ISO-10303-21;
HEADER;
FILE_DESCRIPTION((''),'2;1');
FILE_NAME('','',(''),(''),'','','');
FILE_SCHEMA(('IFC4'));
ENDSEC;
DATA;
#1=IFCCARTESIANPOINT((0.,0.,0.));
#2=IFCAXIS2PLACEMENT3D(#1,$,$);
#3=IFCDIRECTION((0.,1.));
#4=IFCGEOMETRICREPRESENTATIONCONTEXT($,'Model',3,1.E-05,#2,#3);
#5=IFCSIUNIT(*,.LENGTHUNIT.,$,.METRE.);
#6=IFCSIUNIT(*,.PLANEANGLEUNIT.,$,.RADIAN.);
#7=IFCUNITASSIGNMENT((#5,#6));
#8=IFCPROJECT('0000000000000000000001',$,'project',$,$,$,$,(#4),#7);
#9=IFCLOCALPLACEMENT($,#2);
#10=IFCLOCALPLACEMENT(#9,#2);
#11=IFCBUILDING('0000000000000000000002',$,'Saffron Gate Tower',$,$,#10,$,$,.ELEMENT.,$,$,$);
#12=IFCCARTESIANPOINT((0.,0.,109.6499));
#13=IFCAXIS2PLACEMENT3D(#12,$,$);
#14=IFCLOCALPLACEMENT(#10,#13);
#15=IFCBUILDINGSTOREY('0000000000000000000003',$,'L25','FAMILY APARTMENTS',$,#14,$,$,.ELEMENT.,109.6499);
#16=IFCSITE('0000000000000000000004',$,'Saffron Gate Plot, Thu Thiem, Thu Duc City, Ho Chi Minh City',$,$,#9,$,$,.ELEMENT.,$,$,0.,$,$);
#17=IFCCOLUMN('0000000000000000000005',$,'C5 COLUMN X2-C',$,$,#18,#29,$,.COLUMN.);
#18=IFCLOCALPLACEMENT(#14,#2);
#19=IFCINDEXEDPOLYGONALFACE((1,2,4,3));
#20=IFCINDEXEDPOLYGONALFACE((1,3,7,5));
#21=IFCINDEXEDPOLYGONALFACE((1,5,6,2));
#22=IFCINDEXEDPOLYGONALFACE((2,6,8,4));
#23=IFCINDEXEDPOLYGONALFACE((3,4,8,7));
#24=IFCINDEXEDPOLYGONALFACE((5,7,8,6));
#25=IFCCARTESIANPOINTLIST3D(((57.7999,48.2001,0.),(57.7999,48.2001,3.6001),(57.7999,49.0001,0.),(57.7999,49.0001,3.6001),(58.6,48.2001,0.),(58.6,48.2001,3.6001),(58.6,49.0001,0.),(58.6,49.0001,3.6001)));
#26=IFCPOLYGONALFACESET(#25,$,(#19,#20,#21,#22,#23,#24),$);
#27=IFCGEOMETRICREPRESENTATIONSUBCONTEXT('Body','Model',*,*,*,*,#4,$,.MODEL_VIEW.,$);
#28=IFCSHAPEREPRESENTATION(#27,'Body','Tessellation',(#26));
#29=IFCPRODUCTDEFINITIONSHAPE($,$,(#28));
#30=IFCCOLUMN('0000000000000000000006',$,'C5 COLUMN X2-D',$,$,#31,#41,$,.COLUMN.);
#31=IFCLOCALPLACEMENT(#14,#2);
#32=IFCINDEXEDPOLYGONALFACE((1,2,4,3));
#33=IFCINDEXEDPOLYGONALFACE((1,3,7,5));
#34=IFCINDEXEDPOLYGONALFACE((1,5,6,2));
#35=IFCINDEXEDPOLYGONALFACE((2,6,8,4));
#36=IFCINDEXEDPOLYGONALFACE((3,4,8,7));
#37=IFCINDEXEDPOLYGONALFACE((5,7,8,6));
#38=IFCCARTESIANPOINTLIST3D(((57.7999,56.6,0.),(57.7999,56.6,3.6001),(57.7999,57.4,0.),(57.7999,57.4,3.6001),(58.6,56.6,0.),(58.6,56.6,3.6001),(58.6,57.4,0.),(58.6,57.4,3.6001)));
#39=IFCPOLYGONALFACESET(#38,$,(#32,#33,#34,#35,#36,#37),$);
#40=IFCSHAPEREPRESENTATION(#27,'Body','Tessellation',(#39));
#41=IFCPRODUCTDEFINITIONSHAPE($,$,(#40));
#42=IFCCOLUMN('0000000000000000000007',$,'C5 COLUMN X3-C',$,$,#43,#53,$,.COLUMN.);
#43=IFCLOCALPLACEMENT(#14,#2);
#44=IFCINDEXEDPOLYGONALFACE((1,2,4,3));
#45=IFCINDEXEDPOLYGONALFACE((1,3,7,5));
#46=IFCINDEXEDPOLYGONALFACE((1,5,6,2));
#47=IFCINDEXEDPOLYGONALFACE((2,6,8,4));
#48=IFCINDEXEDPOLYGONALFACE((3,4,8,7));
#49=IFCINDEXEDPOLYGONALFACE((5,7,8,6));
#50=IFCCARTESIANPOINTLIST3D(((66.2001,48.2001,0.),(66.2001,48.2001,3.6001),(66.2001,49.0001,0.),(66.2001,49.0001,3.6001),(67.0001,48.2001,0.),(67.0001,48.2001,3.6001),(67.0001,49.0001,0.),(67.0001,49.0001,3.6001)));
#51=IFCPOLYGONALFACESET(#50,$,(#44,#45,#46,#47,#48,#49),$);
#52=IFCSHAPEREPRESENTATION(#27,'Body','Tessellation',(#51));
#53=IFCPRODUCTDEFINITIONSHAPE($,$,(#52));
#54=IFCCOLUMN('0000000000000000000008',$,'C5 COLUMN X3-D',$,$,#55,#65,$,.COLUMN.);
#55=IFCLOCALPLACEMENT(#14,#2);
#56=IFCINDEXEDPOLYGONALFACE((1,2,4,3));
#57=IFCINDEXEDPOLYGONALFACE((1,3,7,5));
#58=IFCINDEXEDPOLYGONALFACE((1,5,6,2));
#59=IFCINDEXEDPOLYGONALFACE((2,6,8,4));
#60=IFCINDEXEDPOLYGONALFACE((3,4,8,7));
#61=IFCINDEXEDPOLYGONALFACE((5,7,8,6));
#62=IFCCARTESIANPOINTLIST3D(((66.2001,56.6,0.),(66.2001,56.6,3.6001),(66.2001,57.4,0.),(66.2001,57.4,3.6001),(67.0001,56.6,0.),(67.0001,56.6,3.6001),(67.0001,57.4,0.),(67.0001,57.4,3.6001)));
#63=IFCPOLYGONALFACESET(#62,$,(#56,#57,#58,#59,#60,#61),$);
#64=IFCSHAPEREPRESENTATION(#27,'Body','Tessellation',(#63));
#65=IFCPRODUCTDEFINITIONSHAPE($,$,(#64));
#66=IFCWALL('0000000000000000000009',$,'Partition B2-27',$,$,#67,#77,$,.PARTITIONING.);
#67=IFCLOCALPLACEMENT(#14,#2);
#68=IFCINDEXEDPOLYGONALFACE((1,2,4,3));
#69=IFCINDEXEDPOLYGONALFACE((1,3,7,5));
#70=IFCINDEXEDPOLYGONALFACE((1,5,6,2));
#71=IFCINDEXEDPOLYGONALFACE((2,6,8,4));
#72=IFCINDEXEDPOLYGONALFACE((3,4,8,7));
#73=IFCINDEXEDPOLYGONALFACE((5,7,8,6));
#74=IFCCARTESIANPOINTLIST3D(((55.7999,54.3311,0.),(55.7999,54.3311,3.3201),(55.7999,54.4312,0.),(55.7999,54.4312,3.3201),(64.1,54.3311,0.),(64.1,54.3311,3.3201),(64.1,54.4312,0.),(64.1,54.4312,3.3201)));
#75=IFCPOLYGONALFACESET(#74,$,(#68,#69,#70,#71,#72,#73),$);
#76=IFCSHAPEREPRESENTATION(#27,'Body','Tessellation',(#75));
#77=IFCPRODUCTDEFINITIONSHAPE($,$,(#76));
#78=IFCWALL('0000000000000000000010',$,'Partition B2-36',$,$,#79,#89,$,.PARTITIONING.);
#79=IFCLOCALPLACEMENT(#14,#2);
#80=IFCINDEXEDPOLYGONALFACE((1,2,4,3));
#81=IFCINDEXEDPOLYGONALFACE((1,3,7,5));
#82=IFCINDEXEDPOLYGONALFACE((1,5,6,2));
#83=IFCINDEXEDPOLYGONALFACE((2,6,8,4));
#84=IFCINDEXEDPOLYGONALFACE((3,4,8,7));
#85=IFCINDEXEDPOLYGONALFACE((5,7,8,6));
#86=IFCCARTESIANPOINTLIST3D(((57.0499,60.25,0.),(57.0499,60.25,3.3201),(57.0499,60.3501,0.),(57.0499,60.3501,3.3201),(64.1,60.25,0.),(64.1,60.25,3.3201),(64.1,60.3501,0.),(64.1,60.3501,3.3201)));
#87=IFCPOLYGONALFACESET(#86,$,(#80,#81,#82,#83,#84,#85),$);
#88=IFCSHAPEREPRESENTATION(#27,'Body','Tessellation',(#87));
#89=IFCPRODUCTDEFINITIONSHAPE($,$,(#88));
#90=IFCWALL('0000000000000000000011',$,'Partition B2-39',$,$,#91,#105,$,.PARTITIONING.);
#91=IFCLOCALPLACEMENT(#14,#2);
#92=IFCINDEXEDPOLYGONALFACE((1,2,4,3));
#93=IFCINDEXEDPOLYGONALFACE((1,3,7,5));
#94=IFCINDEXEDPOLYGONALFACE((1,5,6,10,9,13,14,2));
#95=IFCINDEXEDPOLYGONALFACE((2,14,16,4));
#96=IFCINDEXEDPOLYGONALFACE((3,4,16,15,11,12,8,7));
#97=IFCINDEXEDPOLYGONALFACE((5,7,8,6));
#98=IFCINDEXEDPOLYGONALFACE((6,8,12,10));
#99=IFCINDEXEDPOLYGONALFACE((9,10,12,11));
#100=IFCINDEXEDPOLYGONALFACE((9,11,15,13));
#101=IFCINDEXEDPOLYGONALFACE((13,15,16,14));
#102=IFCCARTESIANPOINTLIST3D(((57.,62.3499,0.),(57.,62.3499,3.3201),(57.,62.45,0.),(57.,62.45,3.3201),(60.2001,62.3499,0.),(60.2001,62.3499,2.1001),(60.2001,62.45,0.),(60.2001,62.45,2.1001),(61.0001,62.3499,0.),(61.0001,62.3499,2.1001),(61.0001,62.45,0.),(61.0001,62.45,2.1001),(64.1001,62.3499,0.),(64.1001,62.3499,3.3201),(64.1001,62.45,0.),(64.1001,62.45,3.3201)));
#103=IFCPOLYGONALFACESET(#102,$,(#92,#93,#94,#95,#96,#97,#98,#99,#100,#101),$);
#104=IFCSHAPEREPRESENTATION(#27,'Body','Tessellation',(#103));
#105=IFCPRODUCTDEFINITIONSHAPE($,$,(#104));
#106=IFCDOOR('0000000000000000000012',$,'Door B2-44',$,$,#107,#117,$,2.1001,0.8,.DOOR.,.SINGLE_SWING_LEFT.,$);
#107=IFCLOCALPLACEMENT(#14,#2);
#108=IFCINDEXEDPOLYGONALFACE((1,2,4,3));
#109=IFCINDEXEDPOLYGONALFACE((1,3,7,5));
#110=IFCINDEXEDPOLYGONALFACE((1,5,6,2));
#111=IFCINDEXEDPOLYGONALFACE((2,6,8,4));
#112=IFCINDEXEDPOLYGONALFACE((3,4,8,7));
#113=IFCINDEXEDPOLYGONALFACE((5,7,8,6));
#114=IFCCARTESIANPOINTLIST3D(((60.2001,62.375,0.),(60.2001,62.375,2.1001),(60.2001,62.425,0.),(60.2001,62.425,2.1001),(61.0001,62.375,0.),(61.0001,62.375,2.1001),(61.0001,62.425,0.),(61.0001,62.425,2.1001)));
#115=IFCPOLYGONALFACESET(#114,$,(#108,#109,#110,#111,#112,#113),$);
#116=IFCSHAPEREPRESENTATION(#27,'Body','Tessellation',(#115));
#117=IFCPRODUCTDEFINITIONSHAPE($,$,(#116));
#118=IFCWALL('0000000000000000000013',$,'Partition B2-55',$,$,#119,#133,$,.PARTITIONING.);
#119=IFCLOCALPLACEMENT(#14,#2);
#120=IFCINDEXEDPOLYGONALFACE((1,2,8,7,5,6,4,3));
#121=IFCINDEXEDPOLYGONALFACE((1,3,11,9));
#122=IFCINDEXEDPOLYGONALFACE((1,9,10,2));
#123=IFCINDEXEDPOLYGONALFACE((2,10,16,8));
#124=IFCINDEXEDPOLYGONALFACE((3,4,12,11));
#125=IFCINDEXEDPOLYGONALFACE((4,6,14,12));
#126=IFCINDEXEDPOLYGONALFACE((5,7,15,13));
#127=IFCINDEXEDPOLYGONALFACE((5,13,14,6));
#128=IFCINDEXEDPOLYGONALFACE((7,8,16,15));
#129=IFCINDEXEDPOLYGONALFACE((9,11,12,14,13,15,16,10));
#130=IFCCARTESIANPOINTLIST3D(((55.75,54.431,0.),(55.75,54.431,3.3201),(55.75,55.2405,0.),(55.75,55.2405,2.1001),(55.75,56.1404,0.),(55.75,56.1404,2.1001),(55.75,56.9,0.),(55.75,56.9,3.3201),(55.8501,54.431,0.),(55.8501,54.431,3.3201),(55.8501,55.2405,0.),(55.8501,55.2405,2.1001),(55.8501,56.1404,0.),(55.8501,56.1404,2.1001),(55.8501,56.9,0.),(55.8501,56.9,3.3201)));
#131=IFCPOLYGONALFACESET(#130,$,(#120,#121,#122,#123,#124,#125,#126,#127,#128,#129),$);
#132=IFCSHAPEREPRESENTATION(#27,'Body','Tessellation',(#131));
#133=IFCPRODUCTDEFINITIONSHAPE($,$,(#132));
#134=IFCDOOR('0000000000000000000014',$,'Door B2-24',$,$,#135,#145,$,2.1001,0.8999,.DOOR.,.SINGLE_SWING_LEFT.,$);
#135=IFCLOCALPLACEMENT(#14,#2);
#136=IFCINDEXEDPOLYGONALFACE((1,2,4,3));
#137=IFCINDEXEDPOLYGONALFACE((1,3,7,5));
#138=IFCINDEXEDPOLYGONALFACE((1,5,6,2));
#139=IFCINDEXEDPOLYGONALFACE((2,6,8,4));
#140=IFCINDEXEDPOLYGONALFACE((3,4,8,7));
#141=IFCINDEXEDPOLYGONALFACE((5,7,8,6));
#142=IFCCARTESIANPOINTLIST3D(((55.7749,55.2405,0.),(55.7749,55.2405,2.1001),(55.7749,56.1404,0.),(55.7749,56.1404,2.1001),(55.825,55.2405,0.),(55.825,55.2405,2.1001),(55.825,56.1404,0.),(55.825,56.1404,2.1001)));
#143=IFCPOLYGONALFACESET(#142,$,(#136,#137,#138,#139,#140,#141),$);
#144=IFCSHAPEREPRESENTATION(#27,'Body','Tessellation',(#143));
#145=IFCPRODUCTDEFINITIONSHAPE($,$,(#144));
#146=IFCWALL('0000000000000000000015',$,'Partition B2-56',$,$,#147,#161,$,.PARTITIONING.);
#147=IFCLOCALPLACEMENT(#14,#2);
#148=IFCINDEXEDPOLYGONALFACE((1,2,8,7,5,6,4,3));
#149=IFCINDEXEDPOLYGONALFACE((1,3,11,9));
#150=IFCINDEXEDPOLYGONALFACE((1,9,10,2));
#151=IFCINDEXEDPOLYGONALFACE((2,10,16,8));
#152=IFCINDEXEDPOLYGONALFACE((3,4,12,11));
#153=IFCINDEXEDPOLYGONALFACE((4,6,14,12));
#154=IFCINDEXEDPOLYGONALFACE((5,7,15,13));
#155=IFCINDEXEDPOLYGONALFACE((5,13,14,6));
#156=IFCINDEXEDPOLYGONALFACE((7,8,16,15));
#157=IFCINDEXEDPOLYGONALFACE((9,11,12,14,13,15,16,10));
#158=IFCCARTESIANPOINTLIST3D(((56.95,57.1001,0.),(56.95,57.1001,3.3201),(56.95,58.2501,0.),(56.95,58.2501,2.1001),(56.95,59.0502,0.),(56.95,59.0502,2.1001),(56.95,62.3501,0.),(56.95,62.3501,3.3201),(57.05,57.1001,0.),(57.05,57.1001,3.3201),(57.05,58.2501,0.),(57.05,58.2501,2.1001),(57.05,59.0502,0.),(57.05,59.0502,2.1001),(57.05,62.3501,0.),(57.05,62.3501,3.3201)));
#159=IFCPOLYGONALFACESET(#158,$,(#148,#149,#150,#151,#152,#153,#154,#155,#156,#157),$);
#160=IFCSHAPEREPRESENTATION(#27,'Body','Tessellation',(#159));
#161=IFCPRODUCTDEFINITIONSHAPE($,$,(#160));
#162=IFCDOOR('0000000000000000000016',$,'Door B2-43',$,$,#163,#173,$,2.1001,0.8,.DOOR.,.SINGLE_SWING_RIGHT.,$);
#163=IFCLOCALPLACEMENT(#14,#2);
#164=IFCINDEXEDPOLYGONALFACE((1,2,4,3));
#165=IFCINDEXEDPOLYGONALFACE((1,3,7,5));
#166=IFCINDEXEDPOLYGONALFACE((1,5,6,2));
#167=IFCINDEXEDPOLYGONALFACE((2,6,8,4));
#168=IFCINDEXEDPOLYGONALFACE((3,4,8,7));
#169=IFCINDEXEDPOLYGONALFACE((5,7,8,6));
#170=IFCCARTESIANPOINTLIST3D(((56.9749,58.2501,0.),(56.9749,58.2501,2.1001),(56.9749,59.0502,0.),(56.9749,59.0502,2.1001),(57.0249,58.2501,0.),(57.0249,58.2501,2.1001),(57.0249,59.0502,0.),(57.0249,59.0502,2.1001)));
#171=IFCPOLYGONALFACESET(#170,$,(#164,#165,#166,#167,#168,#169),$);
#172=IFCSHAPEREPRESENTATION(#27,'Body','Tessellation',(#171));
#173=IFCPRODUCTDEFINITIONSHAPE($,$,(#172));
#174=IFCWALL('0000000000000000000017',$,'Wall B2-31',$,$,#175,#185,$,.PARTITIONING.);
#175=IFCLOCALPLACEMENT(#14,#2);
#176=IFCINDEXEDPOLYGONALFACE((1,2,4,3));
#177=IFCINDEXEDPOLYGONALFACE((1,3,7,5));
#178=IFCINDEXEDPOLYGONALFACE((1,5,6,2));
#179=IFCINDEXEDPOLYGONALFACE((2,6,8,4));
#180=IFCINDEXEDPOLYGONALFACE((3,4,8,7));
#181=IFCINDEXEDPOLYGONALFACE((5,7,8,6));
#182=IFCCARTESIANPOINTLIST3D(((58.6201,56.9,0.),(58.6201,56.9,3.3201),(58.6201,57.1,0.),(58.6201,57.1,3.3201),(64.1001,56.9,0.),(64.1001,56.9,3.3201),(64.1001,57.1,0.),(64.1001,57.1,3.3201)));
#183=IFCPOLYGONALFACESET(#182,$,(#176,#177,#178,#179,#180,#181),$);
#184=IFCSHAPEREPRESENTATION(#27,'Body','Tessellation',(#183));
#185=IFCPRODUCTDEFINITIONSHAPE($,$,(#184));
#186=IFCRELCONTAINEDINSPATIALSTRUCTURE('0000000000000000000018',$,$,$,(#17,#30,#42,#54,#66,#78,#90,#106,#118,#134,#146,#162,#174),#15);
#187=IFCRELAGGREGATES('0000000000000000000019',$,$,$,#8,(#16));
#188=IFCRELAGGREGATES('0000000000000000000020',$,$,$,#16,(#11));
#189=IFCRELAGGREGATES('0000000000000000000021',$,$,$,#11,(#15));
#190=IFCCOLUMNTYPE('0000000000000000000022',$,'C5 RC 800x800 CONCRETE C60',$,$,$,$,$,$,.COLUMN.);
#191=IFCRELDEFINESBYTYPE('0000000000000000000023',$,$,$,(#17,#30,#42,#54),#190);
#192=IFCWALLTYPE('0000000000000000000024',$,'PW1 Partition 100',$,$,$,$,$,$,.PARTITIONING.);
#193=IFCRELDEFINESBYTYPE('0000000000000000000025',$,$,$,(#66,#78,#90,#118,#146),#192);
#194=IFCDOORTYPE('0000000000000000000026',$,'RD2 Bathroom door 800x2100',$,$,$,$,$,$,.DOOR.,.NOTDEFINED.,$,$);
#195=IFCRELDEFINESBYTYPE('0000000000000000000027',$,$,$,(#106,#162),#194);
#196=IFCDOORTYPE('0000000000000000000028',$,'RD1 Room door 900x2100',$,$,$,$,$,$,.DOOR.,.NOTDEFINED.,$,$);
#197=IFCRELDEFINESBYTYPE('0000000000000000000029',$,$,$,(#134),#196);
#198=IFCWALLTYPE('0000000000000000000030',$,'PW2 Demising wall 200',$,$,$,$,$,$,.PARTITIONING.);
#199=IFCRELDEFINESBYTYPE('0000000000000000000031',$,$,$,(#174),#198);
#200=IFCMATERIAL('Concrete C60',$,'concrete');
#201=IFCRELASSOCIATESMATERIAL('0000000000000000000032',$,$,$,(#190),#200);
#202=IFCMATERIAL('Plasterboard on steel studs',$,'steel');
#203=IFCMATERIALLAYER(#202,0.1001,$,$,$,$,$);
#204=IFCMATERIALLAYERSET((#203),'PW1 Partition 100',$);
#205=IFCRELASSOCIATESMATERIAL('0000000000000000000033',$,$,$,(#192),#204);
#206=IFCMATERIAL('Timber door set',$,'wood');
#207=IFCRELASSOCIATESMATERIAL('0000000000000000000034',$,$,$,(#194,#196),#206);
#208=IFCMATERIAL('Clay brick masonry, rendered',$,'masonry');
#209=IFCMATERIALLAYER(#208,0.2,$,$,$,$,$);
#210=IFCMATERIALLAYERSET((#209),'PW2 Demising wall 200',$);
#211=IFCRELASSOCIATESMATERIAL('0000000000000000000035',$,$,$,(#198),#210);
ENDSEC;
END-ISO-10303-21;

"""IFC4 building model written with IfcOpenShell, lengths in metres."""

from ifc_helpers import new_model, si_unit, direction, frame, frame_2d, origin, origin_2d, place, context, subcontext, project, spatial, rectangle, extrude, material, layer, layer_set, material_profile, profile_set, type_object, element, fill, save


model = new_model("IFC4")

# Units and contexts
model_context = context("Model", 3, precision=1e-05, world=origin(), true_north=direction((0.0, 1.0)))
body_context = subcontext(model_context, "Body", "Model", "MODEL_VIEW")
ifc_project = project(units=[si_unit("LENGTHUNIT", "METRE"), si_unit("PLANEANGLEUNIT", "RADIAN")], contexts=[model_context])

# Site, building, storey
site_placement = place(None, origin())
site = spatial("IfcSite", under=ifc_project, at=site_placement, Name="Saffron Gate Plot, Thu Thiem, Thu Duc City, Ho Chi Minh City", CompositionType="ELEMENT", RefElevation=0.0)
building_placement = place(site_placement, origin())
building = spatial("IfcBuilding", under=site, at=building_placement, Name="Saffron Gate Tower", CompositionType="ELEMENT")
storey_placement = place(building_placement, frame((0.0, 0.0, 109.6499)))
storey = spatial("IfcBuildingStorey", under=building, at=storey_placement, Name="L25", Description="FAMILY APARTMENTS", CompositionType="ELEMENT", Elevation=109.6499)

# Columns
ifc_material_1 = material(Name="Concrete C60", Category="concrete")
ifc_material_profile = material_profile(ifc_material_1, rectangle(XDim=0.8, YDim=0.8, at=origin_2d()))
ifc_profile_set = profile_set([ifc_material_profile], Name="Concrete C60")
column_type = type_object("IfcColumnType", Name="C5 RC 800x800 CONCRETE C60", PredefinedType="COLUMN", material=ifc_profile_set)
for number, where, z_axis, x_axis, name in (
    (1, (58.2, 48.6001, 0.0), (0.0, 0.0, 1.0), (1.0, 0.0, 0.0), "C5 COLUMN X2-C"),
    (2, (58.2, 57.0, 0.0), (0.0, 0.0, 1.0), (1.0, 0.0, 0.0), "C5 COLUMN X2-D"),
    (3, (66.6001, 48.6001, 0.0), (0.0, 0.0, 1.0), (1.0, 0.0, 0.0), "C5 COLUMN X3-C"),
    (4, (66.6001, 57.0, 0.0), (0.0, 0.0, 1.0), (1.0, 0.0, 0.0), "C5 COLUMN X3-D"),
):
    element("IfcColumn", number, at=place(storey_placement, frame(where, z_axis=z_axis, x_axis=x_axis)), inside=storey, type_object=column_type, Name=name, PredefinedType="COLUMN", context=body_context, shape_type="SweptSolid", body=[
        extrude(rectangle(XDim=0.8, YDim=0.8, at=origin_2d()), origin(), (0.0, 0.0, 1.0), 3.6001),
    ])

# Walls
ifc_material_2 = material(Name="Plasterboard on steel studs", Category="steel")
ifc_layer_1 = layer(ifc_material_2, 0.1001)
ifc_layer_set_1 = layer_set([ifc_layer_1], Name="PW1 Partition 100")
wall_type_1 = type_object("IfcWallType", Name="PW1 Partition 100", PredefinedType="PARTITIONING", material=ifc_layer_set_1)
wall_1_placement = place(storey_placement, frame((55.8, 54.3811, 0.0), z_axis=(0.0, 0.0, 1.0), x_axis=(1.0, 0.0, 0.0)))
element("IfcWall", 5, at=wall_1_placement, inside=storey, type_object=wall_type_1, Name="Partition B2-27", PredefinedType="PARTITIONING", context=body_context, shape_type="SweptSolid", body=[
    extrude(rectangle(XDim=8.3, YDim=0.1001, at=frame_2d((4.1499, 0.0))), origin(), (0.0, 0.0, 1.0), 3.3201),
])
wall_2_placement = place(storey_placement, frame((57.05, 60.3, 0.0), z_axis=(0.0, 0.0, 1.0), x_axis=(1.0, 0.0, 0.0)))
element("IfcWall", 6, at=wall_2_placement, inside=storey, type_object=wall_type_1, Name="Partition B2-36", PredefinedType="PARTITIONING", context=body_context, shape_type="SweptSolid", body=[
    extrude(rectangle(XDim=7.05, YDim=0.1001, at=frame_2d((3.5249, 0.0))), origin(), (0.0, 0.0, 1.0), 3.3201),
])

# Walls, openings, doors
wall_3_placement = place(storey_placement, frame((64.1001, 62.3999, 0.0), z_axis=(0.0, 0.0, 1.0), x_axis=(-1.0, 0.0, 0.0)))
wall_3 = element("IfcWall", 7, at=wall_3_placement, inside=storey, type_object=wall_type_1, Name="Partition B2-39", PredefinedType="PARTITIONING", context=body_context, shape_type="SweptSolid", body=[
    extrude(rectangle(XDim=7.1001, YDim=0.1001, at=frame_2d((3.55, 0.0))), origin(), (0.0, 0.0, 1.0), 3.3201),
])
opening_1_placement = place(wall_3_placement, frame((3.1001, 0.0, 0.0)))
opening_1 = element("IfcOpeningElement", 8, at=opening_1_placement, cuts=wall_3, PredefinedType="OPENING", context=body_context, shape_type="SweptSolid", body=[
    extrude(rectangle(XDim=0.8, YDim=2.1001, at=frame_2d((0.3999, 1.05))), frame((0.0, 0.0601, 0.0), z_axis=(0.0, -1.0, 0.0), x_axis=(1.0, 0.0, 0.0)), (0.0, 0.0, 1.0), 0.1201),
])
ifc_material_3 = material(Name="Timber door set", Category="wood")
door_type_1 = type_object("IfcDoorType", Name="RD2 Bathroom door 800x2100", OperationType="NOTDEFINED", PredefinedType="DOOR", material=ifc_material_3)
door_1_placement = place(opening_1_placement, origin())
door_1 = element("IfcDoor", 9, at=door_1_placement, inside=storey, type_object=door_type_1, Name="Door B2-44", OperationType="SINGLE_SWING_LEFT", OverallHeight=2.1001, OverallWidth=0.8, PredefinedType="DOOR", context=body_context, shape_type="SweptSolid", body=[
    extrude(rectangle(XDim=0.8, YDim=2.1001, at=frame_2d((0.3999, 1.05))), frame((0.0, 0.0249, 0.0), z_axis=(0.0, -1.0, 0.0), x_axis=(1.0, 0.0, 0.0)), (0.0, 0.0, 1.0), 0.05),
])
fill(opening_1, door_1)
wall_4_placement = place(storey_placement, frame((55.8, 56.8999, 0.0), z_axis=(0.0, 0.0, 1.0), x_axis=(0.0, -1.0, 0.0)))
wall_4 = element("IfcWall", 10, at=wall_4_placement, inside=storey, type_object=wall_type_1, Name="Partition B2-55", PredefinedType="PARTITIONING", context=body_context, shape_type="SweptSolid", body=[
    extrude(rectangle(XDim=2.469, YDim=0.1001, at=frame_2d((1.2344, 0.0))), origin(), (0.0, 0.0, 1.0), 3.3201),
])
opening_2_placement = place(wall_4_placement, frame((0.7595, 0.0, 0.0)))
opening_2 = element("IfcOpeningElement", 11, at=opening_2_placement, cuts=wall_4, PredefinedType="OPENING", context=body_context, shape_type="SweptSolid", body=[
    extrude(rectangle(XDim=0.8999, YDim=2.1001, at=frame_2d((0.45, 1.05))), frame((0.0, 0.0601, 0.0), z_axis=(0.0, -1.0, 0.0), x_axis=(1.0, 0.0, 0.0)), (0.0, 0.0, 1.0), 0.1201),
])
door_type_2 = type_object("IfcDoorType", Name="RD1 Room door 900x2100", OperationType="NOTDEFINED", PredefinedType="DOOR", material=ifc_material_3)
door_2_placement = place(opening_2_placement, origin())
door_2 = element("IfcDoor", 12, at=door_2_placement, inside=storey, type_object=door_type_2, Name="Door B2-24", OperationType="SINGLE_SWING_LEFT", OverallHeight=2.1001, OverallWidth=0.8999, PredefinedType="DOOR", context=body_context, shape_type="SweptSolid", body=[
    extrude(rectangle(XDim=0.8999, YDim=2.1001, at=frame_2d((0.45, 1.05))), frame((0.0, 0.0249, 0.0), z_axis=(0.0, -1.0, 0.0), x_axis=(1.0, 0.0, 0.0)), (0.0, 0.0, 1.0), 0.05),
])
fill(opening_2, door_2)
wall_5_placement = place(storey_placement, frame((57.0, 62.3501, 0.0), z_axis=(0.0, 0.0, 1.0), x_axis=(0.0, -1.0, 0.0)))
wall_5 = element("IfcWall", 13, at=wall_5_placement, inside=storey, type_object=wall_type_1, Name="Partition B2-56", PredefinedType="PARTITIONING", context=body_context, shape_type="SweptSolid", body=[
    extrude(rectangle(XDim=5.25, YDim=0.1001, at=frame_2d((2.625, 0.0))), origin(), (0.0, 0.0, 1.0), 3.3201),
])
opening_3_placement = place(wall_5_placement, frame((3.3, 0.0, 0.0)))
opening_3 = element("IfcOpeningElement", 14, at=opening_3_placement, cuts=wall_5, PredefinedType="OPENING", context=body_context, shape_type="SweptSolid", body=[
    extrude(rectangle(XDim=0.8, YDim=2.1001, at=frame_2d((0.3999, 1.05))), frame((0.0, 0.0601, 0.0), z_axis=(0.0, -1.0, 0.0), x_axis=(1.0, 0.0, 0.0)), (0.0, 0.0, 1.0), 0.1201),
])
door_3_placement = place(opening_3_placement, origin())
door_3 = element("IfcDoor", 15, at=door_3_placement, inside=storey, type_object=door_type_1, Name="Door B2-43", OperationType="SINGLE_SWING_RIGHT", OverallHeight=2.1001, OverallWidth=0.8, PredefinedType="DOOR", context=body_context, shape_type="SweptSolid", body=[
    extrude(rectangle(XDim=0.8, YDim=2.1001, at=frame_2d((0.3999, 1.05))), frame((0.0, 0.0249, 0.0), z_axis=(0.0, -1.0, 0.0), x_axis=(1.0, 0.0, 0.0)), (0.0, 0.0, 1.0), 0.05),
])
fill(opening_3, door_3)

# Wall
ifc_material_4 = material(Name="Clay brick masonry, rendered", Category="masonry")
ifc_layer_2 = layer(ifc_material_4, 0.2)
ifc_layer_set_2 = layer_set([ifc_layer_2], Name="PW2 Demising wall 200")
wall_type_2 = type_object("IfcWallType", Name="PW2 Demising wall 200", PredefinedType="PARTITIONING", material=ifc_layer_set_2)
wall_6_placement = place(storey_placement, frame((58.6201, 57.0, 0.0), z_axis=(0.0, 0.0, 1.0), x_axis=(1.0, 0.0, 0.0)))
element("IfcWall", 16, at=wall_6_placement, inside=storey, type_object=wall_type_2, Name="Wall B2-31", PredefinedType="PARTITIONING", context=body_context, shape_type="SweptSolid", body=[
    extrude(rectangle(XDim=5.48, YDim=0.2, at=frame_2d((2.74, 0.0))), origin(), (0.0, 0.0, 1.0), 3.3201),
])

save(model, "model.ifc")
